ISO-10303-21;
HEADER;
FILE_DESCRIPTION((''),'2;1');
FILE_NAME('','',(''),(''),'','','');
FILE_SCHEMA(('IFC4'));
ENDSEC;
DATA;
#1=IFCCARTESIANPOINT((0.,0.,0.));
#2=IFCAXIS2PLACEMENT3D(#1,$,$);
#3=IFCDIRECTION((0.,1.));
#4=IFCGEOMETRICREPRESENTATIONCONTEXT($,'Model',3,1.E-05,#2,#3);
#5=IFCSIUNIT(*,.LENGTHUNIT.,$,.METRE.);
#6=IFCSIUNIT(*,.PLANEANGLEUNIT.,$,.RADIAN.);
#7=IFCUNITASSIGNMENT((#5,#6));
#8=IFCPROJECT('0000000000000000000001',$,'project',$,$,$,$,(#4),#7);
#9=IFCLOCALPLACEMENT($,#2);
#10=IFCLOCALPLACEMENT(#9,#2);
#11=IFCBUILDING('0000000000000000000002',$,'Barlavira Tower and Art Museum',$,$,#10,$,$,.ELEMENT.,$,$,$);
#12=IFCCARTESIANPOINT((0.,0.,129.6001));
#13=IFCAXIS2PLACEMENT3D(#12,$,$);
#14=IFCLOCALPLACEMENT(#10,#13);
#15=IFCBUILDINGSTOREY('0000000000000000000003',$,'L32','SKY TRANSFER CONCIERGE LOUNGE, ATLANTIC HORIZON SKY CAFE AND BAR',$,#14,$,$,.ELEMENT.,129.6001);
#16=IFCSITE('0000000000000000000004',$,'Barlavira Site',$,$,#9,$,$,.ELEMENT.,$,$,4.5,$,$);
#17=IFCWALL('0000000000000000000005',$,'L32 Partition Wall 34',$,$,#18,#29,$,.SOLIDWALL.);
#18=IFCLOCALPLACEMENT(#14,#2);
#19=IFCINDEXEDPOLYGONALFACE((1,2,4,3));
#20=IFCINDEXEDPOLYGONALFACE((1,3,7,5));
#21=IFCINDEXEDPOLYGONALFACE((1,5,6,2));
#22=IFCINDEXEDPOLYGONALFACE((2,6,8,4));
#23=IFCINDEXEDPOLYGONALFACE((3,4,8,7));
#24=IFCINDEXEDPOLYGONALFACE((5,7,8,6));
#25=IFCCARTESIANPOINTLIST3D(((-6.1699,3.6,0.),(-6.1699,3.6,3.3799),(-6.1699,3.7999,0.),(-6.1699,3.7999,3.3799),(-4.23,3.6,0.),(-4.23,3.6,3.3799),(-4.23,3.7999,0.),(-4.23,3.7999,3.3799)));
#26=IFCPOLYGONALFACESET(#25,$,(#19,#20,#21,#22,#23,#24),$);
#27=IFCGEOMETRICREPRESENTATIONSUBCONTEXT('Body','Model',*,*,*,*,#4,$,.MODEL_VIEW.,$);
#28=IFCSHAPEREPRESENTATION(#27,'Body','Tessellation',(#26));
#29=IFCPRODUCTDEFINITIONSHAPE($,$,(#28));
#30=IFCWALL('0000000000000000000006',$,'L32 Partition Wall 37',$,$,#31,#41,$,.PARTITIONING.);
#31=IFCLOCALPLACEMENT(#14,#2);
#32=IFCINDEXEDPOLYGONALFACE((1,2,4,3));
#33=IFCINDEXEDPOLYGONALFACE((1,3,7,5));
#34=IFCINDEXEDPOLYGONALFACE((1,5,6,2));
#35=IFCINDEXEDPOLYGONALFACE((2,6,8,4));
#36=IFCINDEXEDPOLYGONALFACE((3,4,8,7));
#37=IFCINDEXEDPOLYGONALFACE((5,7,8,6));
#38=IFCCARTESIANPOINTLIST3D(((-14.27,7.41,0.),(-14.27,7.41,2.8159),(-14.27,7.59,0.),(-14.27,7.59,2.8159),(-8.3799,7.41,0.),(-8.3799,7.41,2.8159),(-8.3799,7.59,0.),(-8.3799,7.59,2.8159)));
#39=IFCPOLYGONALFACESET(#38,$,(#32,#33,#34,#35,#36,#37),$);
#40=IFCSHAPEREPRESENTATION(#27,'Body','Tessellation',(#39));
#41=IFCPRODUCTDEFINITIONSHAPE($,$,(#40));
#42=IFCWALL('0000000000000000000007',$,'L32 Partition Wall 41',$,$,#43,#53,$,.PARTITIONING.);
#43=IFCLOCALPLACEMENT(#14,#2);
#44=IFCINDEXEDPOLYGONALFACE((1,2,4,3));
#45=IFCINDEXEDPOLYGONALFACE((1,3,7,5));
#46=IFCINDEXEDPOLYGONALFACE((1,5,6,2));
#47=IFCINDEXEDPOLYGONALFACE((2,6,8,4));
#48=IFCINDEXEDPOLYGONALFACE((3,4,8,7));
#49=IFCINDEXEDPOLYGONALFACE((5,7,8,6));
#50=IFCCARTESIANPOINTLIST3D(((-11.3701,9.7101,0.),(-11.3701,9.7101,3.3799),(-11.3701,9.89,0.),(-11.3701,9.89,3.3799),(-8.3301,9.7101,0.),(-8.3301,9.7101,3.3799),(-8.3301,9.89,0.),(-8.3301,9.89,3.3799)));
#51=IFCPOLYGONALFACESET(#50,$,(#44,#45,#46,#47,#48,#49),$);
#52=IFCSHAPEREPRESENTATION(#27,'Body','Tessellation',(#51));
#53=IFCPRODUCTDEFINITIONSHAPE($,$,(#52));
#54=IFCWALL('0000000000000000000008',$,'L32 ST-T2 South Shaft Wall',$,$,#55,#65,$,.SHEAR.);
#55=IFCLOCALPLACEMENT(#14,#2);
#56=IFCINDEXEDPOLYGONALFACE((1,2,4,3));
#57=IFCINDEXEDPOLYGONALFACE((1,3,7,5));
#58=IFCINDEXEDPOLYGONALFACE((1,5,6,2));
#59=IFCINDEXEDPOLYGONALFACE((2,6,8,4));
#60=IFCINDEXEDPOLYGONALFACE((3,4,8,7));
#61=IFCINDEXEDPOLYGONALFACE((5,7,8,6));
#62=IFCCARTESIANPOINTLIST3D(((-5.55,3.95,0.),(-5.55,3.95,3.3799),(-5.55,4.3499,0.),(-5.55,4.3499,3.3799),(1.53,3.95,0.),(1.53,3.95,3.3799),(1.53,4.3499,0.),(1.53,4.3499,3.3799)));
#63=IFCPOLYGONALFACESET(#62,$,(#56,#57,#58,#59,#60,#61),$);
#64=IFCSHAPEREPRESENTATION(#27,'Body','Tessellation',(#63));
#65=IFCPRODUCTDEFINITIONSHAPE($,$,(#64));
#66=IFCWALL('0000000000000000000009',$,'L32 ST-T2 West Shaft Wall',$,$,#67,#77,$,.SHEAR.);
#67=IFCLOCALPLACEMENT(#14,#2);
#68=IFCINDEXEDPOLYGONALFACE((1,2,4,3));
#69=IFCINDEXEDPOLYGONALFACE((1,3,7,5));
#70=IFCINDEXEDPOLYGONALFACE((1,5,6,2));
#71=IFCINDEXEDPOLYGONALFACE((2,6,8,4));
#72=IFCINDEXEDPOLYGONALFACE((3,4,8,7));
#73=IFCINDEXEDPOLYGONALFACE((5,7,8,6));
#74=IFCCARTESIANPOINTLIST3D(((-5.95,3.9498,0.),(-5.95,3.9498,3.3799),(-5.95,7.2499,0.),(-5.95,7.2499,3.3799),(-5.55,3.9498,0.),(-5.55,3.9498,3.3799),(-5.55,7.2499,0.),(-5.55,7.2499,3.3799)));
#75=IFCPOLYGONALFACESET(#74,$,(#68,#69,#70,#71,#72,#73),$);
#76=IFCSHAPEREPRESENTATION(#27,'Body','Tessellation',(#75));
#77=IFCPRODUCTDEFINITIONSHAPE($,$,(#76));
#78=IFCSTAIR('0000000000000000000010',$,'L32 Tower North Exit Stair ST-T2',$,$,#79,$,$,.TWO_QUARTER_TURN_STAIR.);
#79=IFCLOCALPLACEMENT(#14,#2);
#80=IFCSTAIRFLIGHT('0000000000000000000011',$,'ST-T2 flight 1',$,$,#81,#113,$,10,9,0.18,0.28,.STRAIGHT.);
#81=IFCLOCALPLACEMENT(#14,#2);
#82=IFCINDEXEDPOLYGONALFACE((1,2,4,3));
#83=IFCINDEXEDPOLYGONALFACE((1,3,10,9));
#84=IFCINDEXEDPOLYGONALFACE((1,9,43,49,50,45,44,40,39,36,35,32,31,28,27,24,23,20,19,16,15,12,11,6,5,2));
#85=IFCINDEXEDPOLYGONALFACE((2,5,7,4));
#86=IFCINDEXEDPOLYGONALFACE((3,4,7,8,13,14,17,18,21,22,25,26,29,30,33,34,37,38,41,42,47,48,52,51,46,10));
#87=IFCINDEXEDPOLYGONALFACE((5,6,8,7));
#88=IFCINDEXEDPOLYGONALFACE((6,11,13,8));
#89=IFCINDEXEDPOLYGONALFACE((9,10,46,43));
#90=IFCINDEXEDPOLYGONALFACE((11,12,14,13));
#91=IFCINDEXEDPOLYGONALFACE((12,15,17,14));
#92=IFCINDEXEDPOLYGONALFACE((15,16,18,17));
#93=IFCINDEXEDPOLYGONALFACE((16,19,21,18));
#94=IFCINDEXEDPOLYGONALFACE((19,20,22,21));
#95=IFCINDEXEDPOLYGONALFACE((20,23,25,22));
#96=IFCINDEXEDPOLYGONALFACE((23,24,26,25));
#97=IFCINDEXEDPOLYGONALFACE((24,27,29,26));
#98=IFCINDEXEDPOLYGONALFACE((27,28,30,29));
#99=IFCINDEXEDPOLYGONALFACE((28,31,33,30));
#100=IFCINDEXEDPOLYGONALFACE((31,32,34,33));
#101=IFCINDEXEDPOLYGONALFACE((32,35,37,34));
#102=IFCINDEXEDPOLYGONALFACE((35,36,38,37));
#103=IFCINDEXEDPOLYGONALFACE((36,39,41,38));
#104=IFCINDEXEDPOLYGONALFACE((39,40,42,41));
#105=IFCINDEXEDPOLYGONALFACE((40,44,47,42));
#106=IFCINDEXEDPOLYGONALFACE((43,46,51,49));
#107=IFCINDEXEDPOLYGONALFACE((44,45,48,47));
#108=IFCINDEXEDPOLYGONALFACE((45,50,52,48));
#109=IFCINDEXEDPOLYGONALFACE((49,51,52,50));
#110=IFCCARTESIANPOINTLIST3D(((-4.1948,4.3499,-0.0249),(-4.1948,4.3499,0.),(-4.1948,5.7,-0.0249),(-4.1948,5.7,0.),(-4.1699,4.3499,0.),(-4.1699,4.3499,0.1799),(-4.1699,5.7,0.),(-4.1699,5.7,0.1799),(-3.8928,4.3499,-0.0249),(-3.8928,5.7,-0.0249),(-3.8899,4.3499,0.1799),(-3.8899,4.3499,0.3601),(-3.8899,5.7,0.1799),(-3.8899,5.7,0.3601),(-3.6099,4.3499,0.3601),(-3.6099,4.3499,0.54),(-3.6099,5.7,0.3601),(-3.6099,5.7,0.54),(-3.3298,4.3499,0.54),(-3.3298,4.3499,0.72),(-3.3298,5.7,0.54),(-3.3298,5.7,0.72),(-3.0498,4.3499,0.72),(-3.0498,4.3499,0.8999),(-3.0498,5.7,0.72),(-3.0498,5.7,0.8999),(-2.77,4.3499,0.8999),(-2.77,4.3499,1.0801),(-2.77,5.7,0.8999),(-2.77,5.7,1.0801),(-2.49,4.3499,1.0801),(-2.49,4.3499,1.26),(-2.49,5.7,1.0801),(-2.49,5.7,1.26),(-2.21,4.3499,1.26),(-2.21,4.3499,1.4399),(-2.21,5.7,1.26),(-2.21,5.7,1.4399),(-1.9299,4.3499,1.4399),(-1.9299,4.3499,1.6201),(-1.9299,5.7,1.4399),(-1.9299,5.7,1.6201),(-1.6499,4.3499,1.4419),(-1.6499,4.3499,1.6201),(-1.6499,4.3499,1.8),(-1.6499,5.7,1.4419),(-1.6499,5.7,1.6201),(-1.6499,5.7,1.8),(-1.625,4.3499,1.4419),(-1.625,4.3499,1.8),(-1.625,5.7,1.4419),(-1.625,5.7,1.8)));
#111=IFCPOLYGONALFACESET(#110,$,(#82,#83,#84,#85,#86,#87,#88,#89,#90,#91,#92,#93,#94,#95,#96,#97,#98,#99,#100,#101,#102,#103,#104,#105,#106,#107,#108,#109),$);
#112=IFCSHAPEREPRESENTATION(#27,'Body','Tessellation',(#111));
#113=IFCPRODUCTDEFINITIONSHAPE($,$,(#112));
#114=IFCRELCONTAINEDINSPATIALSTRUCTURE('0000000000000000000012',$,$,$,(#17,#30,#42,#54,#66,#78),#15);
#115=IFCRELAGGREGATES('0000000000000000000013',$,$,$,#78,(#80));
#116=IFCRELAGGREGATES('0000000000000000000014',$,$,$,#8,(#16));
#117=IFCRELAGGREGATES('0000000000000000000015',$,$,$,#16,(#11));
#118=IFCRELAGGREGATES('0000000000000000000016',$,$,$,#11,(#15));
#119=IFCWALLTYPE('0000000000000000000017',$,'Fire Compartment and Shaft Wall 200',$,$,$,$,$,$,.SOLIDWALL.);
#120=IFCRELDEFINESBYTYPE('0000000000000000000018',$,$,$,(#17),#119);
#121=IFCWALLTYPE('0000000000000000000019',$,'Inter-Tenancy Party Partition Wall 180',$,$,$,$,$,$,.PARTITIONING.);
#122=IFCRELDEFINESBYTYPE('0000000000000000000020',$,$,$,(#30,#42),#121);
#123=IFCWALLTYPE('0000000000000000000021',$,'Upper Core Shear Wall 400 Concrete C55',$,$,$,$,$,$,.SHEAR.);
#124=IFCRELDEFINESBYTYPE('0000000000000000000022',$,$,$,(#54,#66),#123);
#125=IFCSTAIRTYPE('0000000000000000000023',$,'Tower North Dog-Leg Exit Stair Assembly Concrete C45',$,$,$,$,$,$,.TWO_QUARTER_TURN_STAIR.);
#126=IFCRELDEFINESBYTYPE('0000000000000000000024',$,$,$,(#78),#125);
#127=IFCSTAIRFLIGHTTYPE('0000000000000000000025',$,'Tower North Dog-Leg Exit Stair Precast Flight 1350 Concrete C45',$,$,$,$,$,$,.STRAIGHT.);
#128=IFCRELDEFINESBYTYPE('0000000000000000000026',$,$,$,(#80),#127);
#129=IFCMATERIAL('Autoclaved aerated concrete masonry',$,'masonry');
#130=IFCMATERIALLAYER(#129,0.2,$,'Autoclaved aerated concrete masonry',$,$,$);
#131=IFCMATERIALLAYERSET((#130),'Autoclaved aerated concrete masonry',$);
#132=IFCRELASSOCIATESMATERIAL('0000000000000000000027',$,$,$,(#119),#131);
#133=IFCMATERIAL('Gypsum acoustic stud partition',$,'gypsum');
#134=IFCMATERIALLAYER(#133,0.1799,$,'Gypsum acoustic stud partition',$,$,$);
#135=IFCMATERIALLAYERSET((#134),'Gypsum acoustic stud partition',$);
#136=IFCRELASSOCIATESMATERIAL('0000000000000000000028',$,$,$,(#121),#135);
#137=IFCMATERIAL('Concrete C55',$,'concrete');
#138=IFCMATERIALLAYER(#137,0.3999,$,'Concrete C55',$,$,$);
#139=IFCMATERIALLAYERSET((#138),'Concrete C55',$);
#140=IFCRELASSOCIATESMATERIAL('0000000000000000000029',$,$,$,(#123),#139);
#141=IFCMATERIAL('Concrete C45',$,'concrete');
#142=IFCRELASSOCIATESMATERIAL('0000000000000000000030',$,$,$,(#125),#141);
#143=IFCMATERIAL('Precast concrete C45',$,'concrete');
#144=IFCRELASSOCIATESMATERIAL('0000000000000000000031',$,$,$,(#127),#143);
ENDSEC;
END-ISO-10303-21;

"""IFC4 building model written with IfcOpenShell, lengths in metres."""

from ifc_helpers import new_model, si_unit, direction, frame, frame_2d, origin, place, context, subcontext, project, spatial, polyline, rectangle, outline, extrude, material, layer, layer_set, type_object, element, aggregate, save


model = new_model("IFC4")

# Units and contexts
model_context = context("Model", 3, precision=1e-05, world=origin(), true_north=direction((0.0, 1.0)))
body_context = subcontext(model_context, "Body", "Model", "MODEL_VIEW")
ifc_project = project(units=[si_unit("LENGTHUNIT", "METRE"), si_unit("PLANEANGLEUNIT", "RADIAN")], contexts=[model_context])

# Site, building, storey
site_placement = place(None, origin())
site = spatial("IfcSite", under=ifc_project, at=site_placement, Name="Barlavira Site", CompositionType="ELEMENT", RefElevation=4.5)
building_placement = place(site_placement, origin())
building = spatial("IfcBuilding", under=site, at=building_placement, Name="Barlavira Tower and Art Museum", CompositionType="ELEMENT")
storey_placement = place(building_placement, frame((0.0, 0.0, 129.6001)))
storey = spatial("IfcBuildingStorey", under=building, at=storey_placement, Name="L32", Description="SKY TRANSFER CONCIERGE LOUNGE, ATLANTIC HORIZON SKY CAFE AND BAR", CompositionType="ELEMENT", Elevation=129.6001)

# Shared definitions
ifc_material_1 = material(Name="Gypsum acoustic stud partition", Category="gypsum")

# Walls
ifc_material_2 = material(Name="Autoclaved aerated concrete masonry", Category="masonry")
ifc_layer_1 = layer(ifc_material_2, 0.2, Name="Autoclaved aerated concrete masonry")
ifc_layer_set_1 = layer_set([ifc_layer_1], Name="Autoclaved aerated concrete masonry")
wall_type_1 = type_object("IfcWallType", Name="Fire Compartment and Shaft Wall 200", PredefinedType="SOLIDWALL", material=ifc_layer_set_1)
for number, where, z_axis, x_axis, name in (
    (1, (-6.1699, 3.7, 0.0), (0.0, 0.0, 1.0), (1.0, 0.0, 0.0), "L32 Partition Wall 34"),
):
    element("IfcWall", number, at=place(storey_placement, frame(where, z_axis=z_axis, x_axis=x_axis)), inside=storey, type_object=wall_type_1, Name=name, PredefinedType="SOLIDWALL", context=body_context, shape_type="SweptSolid", body=[
        extrude(rectangle(XDim=1.9399, YDim=0.2, at=frame_2d((0.97, 0.0))), origin(), (0.0, 0.0, 1.0), 3.3799),
    ])
ifc_layer_2 = layer(ifc_material_1, 0.1799, Name="Gypsum acoustic stud partition")
ifc_layer_set_2 = layer_set([ifc_layer_2], Name="Gypsum acoustic stud partition")
wall_type_2 = type_object("IfcWallType", Name="Inter-Tenancy Party Partition Wall 180", PredefinedType="PARTITIONING", material=ifc_layer_set_2)
wall_1_placement = place(storey_placement, frame((-14.27, 7.5, 0.0), z_axis=(0.0, 0.0, 1.0), x_axis=(1.0, 0.0, 0.0)))
element("IfcWall", 2, at=wall_1_placement, inside=storey, type_object=wall_type_2, Name="L32 Partition Wall 37", PredefinedType="PARTITIONING", context=body_context, shape_type="SweptSolid", body=[
    extrude(rectangle(XDim=5.8901, YDim=0.1799, at=frame_2d((2.9451, 0.0))), origin(), (0.0, 0.0, 1.0), 2.8159),
])
wall_2_placement = place(storey_placement, frame((-11.3701, 9.8, 0.0), z_axis=(0.0, 0.0, 1.0), x_axis=(1.0, 0.0, 0.0)))
element("IfcWall", 3, at=wall_2_placement, inside=storey, type_object=wall_type_2, Name="L32 Partition Wall 41", PredefinedType="PARTITIONING", context=body_context, shape_type="SweptSolid", body=[
    extrude(rectangle(XDim=3.04, YDim=0.1799, at=frame_2d((1.52, 0.0))), origin(), (0.0, 0.0, 1.0), 3.3799),
])
ifc_material_3 = material(Name="Concrete C55", Category="concrete")
ifc_layer_3 = layer(ifc_material_3, 0.3999, Name="Concrete C55")
ifc_layer_set_3 = layer_set([ifc_layer_3], Name="Concrete C55")
wall_type_3 = type_object("IfcWallType", Name="Upper Core Shear Wall 400 Concrete C55", PredefinedType="SHEAR", material=ifc_layer_set_3)
wall_3_placement = place(storey_placement, frame((-5.55, 4.1499, 0.0), z_axis=(0.0, 0.0, 1.0), x_axis=(1.0, 0.0, 0.0)))
element("IfcWall", 4, at=wall_3_placement, inside=storey, type_object=wall_type_3, Name="L32 ST-T2 South Shaft Wall", PredefinedType="SHEAR", context=body_context, shape_type="SweptSolid", body=[
    extrude(rectangle(XDim=7.0801, YDim=0.3999, at=frame_2d((3.54, 0.0))), origin(), (0.0, 0.0, 1.0), 3.3799),
])
wall_4_placement = place(storey_placement, frame((-5.75, 3.95, 0.0), z_axis=(0.0, 0.0, 1.0), x_axis=(0.0, 1.0, 0.0)))
element("IfcWall", 5, at=wall_4_placement, inside=storey, type_object=wall_type_3, Name="L32 ST-T2 West Shaft Wall", PredefinedType="SHEAR", context=body_context, shape_type="SweptSolid", body=[
    extrude(rectangle(XDim=3.3, YDim=0.3999, at=frame_2d((1.6499, 0.0))), origin(), (0.0, 0.0, 1.0), 3.3799),
])

# Stair, stair flight
ifc_material_4 = material(Name="Concrete C45", Category="concrete")
stair_type = type_object("IfcStairType", Name="Tower North Dog-Leg Exit Stair Assembly Concrete C45", PredefinedType="TWO_QUARTER_TURN_STAIR", material=ifc_material_4)
stair_placement = place(storey_placement, origin())
stair = element("IfcStair", 6, at=stair_placement, inside=storey, type_object=stair_type, Name="L32 Tower North Exit Stair ST-T2", PredefinedType="TWO_QUARTER_TURN_STAIR")
ifc_material_5 = material(Name="Precast concrete C45", Category="concrete")
stair_flight_type = type_object("IfcStairFlightType", Name="Tower North Dog-Leg Exit Stair Precast Flight 1350 Concrete C45", PredefinedType="STRAIGHT", material=ifc_material_5)
stair_flight_placement = place(storey_placement, frame((-4.1699, 5.0249, 0.0), z_axis=(0.0, 0.0, 1.0), x_axis=(1.0, 0.0, 0.0)))
stair_flight = element("IfcStairFlight", 7, at=stair_flight_placement, type_object=stair_flight_type, Name="ST-T2 flight 1", NumberOfRisers=10, NumberOfTreads=9, PredefinedType="STRAIGHT", RiserHeight=0.18, TreadLength=0.28, context=body_context, shape_type="SweptSolid", body=[
    extrude(outline(polyline([(-0.0249, 0.0), (0.0, 0.0), (0.0, 0.1799), (0.28, 0.1799), (0.28, 0.3601), (0.5601, 0.3601), (0.5601, 0.54), (0.8401, 0.54), (0.8401, 0.72), (1.1201, 0.72), (1.1201, 0.8999), (1.3999, 0.8999), (1.3999, 1.0801), (1.6799, 1.0801), (1.6799, 1.26), (1.96, 1.26), (1.96, 1.4399), (2.24, 1.4399), (2.24, 1.6201), (2.52, 1.6201), (2.52, 1.8), (2.5449, 1.8), (2.5449, 1.4419), (2.52, 1.4419), (0.2771, -0.0249), (-0.0249, -0.0249), (-0.0249, 0.0)])), frame((0.0, 0.675, 0.0), z_axis=(0.0, -1.0, 0.0), x_axis=(1.0, 0.0, 0.0)), (0.0, 0.0, 1.0), 1.3501),
])
aggregate(stair, [stair_flight])

save(model, "model.ifc")
